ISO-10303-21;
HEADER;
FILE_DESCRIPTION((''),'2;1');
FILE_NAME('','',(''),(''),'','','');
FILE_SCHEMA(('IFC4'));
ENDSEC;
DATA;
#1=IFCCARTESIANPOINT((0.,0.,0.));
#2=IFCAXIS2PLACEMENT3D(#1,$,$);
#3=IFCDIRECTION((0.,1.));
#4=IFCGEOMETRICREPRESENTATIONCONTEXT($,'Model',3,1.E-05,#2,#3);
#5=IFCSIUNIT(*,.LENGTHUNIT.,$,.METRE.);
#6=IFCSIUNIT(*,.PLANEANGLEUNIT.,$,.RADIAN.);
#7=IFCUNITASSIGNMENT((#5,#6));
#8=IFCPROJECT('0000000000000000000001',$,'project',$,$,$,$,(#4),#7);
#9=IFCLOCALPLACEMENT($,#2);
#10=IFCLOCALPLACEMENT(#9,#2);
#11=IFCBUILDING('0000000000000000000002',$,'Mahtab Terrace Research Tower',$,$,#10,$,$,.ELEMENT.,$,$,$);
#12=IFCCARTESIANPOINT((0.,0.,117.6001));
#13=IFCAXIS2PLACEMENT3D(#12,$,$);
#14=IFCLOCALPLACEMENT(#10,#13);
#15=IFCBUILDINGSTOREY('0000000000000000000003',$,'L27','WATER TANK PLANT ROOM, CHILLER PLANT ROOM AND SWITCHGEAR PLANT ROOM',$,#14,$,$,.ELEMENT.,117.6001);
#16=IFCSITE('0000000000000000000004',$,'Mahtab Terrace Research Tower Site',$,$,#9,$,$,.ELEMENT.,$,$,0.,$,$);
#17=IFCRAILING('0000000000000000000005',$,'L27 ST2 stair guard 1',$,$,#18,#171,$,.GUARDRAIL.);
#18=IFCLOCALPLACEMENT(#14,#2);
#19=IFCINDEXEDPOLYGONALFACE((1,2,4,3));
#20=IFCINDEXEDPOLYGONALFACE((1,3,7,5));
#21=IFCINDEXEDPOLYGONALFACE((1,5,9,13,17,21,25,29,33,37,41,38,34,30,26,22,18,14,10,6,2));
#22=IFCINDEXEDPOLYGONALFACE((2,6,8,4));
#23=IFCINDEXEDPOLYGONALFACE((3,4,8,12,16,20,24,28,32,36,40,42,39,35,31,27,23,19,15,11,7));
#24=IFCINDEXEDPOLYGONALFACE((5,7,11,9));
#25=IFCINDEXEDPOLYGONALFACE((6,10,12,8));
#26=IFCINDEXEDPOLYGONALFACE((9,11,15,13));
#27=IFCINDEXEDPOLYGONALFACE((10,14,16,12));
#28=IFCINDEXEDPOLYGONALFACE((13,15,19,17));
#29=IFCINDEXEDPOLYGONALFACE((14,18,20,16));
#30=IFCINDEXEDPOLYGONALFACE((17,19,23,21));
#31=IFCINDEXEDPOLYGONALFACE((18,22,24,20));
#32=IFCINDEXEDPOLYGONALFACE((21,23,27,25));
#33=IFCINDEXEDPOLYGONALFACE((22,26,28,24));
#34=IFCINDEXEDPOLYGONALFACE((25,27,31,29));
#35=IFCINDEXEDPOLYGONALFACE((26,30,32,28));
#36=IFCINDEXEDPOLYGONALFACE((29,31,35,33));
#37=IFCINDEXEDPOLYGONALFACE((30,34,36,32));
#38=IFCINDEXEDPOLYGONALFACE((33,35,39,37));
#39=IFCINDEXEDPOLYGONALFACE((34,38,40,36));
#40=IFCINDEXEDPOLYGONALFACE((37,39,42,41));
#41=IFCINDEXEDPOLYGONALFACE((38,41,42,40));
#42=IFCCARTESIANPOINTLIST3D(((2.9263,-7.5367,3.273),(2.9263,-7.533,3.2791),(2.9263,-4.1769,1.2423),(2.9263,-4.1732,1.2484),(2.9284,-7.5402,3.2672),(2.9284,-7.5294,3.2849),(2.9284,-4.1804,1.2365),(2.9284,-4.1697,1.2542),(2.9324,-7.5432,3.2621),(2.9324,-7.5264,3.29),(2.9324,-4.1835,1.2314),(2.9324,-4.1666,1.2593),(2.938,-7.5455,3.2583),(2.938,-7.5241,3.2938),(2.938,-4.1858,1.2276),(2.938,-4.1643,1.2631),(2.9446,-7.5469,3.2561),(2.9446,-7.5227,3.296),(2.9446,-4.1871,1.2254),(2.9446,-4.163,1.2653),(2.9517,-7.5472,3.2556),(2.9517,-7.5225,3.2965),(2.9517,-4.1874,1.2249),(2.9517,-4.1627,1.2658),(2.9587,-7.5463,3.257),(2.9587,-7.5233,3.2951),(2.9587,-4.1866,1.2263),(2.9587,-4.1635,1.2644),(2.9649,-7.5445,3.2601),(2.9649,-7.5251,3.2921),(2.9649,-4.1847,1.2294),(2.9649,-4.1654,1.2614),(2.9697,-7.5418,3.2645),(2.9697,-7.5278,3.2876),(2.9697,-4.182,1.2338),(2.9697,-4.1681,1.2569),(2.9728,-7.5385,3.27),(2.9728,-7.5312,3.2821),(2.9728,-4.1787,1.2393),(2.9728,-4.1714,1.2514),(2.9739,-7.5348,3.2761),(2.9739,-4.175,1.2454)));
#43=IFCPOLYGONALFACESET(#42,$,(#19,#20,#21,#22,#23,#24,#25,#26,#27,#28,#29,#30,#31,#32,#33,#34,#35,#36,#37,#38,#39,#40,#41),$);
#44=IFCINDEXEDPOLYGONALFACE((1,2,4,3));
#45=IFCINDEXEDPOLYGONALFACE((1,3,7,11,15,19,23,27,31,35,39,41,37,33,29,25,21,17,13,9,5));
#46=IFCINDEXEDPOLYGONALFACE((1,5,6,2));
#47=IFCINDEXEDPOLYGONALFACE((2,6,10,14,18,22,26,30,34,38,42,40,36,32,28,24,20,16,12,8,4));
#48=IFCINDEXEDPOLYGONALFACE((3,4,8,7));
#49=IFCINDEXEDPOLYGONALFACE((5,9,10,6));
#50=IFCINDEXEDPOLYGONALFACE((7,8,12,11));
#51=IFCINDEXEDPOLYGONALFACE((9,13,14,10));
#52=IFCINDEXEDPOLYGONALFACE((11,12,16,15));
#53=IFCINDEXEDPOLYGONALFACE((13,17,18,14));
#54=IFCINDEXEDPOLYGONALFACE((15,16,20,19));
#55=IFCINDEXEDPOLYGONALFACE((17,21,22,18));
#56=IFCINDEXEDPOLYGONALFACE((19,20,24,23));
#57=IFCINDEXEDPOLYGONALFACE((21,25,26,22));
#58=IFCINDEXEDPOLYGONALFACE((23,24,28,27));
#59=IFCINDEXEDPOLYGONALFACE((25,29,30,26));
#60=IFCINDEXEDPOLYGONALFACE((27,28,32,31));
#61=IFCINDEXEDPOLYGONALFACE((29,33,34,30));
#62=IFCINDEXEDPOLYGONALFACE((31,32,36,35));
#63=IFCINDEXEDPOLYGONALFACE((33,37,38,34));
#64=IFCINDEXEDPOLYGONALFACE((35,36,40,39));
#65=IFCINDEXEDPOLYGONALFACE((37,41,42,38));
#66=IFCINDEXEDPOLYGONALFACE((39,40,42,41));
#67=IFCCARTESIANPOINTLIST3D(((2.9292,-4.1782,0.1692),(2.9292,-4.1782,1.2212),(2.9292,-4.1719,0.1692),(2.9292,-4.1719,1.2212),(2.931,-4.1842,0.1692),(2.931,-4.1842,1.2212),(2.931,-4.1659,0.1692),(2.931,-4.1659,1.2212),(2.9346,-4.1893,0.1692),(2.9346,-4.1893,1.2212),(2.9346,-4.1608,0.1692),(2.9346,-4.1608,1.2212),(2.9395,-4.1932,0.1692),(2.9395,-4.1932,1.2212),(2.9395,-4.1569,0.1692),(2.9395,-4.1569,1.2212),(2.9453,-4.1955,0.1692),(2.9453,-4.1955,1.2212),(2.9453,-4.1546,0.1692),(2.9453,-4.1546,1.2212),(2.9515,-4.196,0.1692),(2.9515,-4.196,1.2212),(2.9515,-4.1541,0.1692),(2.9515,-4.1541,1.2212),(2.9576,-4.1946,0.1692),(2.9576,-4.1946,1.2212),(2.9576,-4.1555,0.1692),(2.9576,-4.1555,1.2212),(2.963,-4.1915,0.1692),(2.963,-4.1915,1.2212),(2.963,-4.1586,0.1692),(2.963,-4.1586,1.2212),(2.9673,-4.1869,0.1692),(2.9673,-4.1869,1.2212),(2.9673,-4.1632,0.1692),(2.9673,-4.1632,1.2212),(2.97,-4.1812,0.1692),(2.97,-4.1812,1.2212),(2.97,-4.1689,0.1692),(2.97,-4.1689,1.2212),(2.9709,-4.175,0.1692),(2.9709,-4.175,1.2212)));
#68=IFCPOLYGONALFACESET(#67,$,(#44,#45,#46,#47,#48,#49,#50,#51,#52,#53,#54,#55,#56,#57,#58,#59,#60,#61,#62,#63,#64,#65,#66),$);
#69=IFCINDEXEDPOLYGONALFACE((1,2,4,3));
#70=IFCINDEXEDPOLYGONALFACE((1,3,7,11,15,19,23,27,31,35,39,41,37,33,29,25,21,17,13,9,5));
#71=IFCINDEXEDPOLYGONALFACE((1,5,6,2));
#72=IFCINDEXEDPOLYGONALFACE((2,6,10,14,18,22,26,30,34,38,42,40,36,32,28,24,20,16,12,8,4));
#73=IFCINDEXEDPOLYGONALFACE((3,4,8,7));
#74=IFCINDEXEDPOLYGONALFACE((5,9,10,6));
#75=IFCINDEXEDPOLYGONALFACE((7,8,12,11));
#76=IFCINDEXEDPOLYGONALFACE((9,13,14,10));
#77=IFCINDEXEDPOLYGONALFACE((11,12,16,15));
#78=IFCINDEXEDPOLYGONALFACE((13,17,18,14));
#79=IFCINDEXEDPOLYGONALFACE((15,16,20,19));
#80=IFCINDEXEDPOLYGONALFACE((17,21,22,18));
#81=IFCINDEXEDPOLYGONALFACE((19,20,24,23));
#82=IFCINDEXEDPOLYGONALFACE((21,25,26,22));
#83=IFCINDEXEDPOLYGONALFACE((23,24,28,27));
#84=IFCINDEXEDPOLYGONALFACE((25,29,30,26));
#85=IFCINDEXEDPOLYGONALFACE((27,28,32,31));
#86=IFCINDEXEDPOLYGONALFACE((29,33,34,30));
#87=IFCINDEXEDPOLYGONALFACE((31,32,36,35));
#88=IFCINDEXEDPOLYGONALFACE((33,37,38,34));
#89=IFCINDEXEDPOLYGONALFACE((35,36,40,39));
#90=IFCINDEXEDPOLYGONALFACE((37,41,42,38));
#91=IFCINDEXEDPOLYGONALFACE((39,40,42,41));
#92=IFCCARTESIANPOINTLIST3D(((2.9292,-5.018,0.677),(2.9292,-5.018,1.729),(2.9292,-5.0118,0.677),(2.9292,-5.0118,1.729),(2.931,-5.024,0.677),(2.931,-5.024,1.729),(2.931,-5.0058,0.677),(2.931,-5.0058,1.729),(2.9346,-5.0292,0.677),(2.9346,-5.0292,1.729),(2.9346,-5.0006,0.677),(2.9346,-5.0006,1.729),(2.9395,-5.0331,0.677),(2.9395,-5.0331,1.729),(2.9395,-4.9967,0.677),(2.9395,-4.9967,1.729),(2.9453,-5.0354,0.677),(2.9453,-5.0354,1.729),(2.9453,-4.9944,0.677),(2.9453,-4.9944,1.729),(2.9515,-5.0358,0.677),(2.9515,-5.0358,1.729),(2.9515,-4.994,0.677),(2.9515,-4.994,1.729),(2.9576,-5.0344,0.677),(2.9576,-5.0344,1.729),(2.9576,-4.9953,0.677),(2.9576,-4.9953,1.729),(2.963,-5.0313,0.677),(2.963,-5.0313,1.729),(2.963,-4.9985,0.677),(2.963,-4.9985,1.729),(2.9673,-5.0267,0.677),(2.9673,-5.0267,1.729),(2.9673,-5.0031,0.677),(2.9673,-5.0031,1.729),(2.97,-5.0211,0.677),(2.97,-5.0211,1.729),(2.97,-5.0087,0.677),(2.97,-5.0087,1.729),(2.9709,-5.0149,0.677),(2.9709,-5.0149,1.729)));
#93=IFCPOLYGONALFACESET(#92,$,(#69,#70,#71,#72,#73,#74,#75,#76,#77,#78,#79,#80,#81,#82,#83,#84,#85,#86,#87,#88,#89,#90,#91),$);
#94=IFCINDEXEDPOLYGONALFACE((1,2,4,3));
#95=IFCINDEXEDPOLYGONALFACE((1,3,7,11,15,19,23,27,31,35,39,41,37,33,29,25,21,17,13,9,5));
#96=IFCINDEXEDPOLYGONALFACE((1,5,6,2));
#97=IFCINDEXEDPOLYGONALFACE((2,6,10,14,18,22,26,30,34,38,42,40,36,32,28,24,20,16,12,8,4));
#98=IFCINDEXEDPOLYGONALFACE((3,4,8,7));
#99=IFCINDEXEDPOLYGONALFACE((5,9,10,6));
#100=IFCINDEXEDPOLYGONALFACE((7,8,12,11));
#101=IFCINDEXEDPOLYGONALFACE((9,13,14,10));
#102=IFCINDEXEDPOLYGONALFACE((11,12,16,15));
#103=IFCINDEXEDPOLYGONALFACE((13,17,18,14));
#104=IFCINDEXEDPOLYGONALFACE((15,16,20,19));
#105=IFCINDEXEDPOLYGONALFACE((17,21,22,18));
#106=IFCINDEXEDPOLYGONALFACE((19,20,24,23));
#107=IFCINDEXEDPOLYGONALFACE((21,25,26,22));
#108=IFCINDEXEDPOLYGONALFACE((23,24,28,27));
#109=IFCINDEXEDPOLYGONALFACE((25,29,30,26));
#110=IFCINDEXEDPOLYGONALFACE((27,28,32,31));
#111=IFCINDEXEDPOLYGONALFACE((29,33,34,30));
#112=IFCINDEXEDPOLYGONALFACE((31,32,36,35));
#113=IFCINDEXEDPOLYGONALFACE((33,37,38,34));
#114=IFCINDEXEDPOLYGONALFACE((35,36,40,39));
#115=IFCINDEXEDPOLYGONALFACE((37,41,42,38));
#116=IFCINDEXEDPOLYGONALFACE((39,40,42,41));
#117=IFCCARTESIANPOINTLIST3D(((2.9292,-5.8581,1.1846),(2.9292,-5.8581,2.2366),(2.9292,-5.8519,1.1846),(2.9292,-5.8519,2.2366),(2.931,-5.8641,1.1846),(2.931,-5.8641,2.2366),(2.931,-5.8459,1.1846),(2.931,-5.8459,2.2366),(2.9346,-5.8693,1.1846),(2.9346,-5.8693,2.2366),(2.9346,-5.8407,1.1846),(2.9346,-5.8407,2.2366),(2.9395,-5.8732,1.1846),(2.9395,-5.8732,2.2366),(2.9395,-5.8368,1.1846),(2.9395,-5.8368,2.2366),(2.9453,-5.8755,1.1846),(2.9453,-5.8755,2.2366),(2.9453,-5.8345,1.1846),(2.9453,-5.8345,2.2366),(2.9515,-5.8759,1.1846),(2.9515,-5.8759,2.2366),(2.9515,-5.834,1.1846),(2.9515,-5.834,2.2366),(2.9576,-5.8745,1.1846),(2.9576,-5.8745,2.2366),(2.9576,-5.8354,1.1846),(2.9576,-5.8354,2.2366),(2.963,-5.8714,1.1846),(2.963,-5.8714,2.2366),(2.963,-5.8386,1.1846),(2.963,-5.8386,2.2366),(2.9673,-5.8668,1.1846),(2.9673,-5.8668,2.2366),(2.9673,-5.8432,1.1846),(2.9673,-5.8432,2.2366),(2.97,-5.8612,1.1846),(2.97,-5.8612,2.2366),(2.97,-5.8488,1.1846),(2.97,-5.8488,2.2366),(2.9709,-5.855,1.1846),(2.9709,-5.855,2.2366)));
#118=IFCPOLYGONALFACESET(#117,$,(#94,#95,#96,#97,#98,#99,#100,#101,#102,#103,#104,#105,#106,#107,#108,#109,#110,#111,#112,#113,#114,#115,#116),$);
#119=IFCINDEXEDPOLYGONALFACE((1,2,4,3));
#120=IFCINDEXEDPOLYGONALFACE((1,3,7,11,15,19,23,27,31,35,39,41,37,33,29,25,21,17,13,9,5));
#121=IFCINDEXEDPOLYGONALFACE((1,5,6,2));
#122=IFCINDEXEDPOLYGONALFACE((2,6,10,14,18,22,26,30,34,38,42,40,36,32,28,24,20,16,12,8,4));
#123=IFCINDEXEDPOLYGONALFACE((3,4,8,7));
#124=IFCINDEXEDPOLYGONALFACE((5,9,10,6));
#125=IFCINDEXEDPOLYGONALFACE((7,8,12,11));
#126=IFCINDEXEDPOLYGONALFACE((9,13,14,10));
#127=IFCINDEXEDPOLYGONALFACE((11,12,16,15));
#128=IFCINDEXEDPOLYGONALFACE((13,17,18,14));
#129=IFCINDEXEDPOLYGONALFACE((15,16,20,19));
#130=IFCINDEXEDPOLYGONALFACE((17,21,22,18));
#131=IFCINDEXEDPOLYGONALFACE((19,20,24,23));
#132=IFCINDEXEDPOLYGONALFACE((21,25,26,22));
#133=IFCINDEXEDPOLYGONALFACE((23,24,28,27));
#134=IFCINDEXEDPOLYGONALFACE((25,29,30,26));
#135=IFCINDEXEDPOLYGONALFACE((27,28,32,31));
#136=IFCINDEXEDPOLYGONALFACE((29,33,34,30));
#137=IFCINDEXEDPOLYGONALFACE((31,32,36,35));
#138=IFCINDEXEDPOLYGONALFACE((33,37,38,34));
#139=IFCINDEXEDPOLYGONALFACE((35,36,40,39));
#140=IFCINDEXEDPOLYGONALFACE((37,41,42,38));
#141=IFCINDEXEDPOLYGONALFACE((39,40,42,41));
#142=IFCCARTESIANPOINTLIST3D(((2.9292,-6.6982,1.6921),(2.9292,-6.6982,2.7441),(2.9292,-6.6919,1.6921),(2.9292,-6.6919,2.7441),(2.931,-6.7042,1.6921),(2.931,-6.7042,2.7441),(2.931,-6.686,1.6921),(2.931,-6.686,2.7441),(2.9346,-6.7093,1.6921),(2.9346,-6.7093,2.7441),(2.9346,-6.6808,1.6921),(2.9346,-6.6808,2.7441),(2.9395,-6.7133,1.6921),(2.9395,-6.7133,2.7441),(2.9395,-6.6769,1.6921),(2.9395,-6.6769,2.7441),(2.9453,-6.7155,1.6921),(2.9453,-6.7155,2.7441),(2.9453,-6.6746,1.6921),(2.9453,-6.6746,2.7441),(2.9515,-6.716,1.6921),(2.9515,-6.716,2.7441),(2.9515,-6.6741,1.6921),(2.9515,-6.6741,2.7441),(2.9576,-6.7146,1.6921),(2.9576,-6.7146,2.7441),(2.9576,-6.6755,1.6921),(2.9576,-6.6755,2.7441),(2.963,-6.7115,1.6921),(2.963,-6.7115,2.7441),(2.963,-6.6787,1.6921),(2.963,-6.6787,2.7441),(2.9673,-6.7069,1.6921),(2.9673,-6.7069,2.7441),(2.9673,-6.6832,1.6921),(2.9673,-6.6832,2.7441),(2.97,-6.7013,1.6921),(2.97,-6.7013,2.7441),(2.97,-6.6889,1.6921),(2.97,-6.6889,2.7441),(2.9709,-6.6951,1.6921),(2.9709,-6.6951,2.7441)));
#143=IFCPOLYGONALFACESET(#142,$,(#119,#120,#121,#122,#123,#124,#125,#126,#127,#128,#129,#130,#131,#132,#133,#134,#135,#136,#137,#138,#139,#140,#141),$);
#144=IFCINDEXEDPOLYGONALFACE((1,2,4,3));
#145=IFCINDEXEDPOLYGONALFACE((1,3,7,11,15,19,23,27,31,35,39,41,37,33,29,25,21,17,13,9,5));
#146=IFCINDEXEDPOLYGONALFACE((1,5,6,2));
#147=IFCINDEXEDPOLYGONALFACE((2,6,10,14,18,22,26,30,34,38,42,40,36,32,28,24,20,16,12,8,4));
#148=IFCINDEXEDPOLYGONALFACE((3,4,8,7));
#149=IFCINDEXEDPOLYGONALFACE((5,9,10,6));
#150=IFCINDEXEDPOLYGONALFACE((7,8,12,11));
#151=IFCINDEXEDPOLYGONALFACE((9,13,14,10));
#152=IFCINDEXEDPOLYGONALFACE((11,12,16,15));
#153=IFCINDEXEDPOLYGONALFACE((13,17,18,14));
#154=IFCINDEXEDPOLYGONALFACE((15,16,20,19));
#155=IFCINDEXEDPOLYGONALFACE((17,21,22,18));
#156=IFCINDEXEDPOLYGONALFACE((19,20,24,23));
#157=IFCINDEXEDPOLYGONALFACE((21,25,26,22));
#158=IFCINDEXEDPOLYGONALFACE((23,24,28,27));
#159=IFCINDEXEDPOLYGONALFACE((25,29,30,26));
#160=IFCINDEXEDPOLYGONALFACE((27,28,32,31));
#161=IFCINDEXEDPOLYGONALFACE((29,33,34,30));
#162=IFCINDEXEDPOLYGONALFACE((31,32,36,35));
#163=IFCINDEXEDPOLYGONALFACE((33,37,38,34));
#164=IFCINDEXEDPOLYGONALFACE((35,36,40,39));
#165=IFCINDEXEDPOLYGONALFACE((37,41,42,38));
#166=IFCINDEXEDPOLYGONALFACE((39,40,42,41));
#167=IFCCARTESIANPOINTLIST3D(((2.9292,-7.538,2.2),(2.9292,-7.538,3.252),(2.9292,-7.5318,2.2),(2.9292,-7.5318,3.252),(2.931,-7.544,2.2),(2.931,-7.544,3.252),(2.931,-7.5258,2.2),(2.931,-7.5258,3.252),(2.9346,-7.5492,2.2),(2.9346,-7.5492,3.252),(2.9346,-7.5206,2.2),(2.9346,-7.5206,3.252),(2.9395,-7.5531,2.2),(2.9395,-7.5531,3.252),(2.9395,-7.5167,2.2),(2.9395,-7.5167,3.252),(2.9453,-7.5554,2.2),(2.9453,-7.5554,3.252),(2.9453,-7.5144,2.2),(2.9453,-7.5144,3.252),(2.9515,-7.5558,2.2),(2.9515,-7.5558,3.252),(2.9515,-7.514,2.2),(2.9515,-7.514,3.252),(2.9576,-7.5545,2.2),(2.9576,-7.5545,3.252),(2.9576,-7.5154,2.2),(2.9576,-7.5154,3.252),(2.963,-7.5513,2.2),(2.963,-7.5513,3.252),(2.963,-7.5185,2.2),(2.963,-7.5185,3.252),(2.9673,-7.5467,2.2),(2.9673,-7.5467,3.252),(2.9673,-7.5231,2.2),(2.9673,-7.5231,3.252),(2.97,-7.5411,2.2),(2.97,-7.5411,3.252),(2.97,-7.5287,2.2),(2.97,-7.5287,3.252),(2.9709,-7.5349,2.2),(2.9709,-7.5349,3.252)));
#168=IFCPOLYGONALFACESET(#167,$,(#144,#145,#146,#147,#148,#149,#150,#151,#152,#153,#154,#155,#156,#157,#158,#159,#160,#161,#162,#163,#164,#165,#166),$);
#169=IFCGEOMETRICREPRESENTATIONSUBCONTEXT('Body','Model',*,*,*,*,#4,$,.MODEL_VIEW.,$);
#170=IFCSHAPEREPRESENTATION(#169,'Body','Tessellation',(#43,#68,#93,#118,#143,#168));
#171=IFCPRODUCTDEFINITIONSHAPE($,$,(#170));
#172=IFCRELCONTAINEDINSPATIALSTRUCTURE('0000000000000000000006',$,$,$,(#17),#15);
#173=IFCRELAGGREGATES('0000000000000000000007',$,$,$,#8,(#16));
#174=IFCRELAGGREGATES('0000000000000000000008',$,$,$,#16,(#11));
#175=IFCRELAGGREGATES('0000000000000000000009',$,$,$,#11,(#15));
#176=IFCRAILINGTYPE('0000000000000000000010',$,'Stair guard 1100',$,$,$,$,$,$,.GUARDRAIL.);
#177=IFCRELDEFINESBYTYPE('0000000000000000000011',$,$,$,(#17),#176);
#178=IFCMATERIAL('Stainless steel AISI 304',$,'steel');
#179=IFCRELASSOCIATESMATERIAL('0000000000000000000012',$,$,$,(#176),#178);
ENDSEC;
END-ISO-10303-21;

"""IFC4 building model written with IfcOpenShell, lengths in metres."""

from ifc_helpers import new_model, si_unit, direction, frame, origin, origin_2d, place, context, subcontext, project, spatial, circle, extrude, material, type_object, element, save


model = new_model("IFC4")

# Units and contexts
model_context = context("Model", 3, precision=1e-05, world=origin(), true_north=direction((0.0, 1.0)))
body_context = subcontext(model_context, "Body", "Model", "MODEL_VIEW")
ifc_project = project(units=[si_unit("LENGTHUNIT", "METRE"), si_unit("PLANEANGLEUNIT", "RADIAN")], contexts=[model_context])

# Site, building, storey
site_placement = place(None, origin())
site = spatial("IfcSite", under=ifc_project, at=site_placement, Name="Mahtab Terrace Research Tower Site", CompositionType="ELEMENT", RefElevation=0.0)
building_placement = place(site_placement, origin())
building = spatial("IfcBuilding", under=site, at=building_placement, Name="Mahtab Terrace Research Tower", CompositionType="ELEMENT")
storey_placement = place(building_placement, frame((0.0, 0.0, 117.6001)))
storey = spatial("IfcBuildingStorey", under=building, at=storey_placement, Name="L27", Description="WATER TANK PLANT ROOM, CHILLER PLANT ROOM AND SWITCHGEAR PLANT ROOM", CompositionType="ELEMENT", Elevation=117.6001)

# Railing
ifc_material_1 = material(Name="Stainless steel AISI 304", Category="steel")
railing_type_1 = type_object("IfcRailingType", Name="Stair guard 1100", PredefinedType="GUARDRAIL", material=ifc_material_1)
railing_1_placement = place(storey_placement, frame((2.95, -4.175, 0.1692)))
element("IfcRailing", 1, at=railing_1_placement, inside=storey, type_object=railing_type_1, Name="L27 ST2 stair guard 1", PredefinedType="GUARDRAIL", context=body_context, shape_type="SweptSolid", body=[
    extrude(circle(Radius=0.0239, at=origin_2d()), frame((0.0, 0.0, 1.0762), z_axis=(0.0, -0.85582, 0.517273), x_axis=(1.0, 0.0, 0.0)), (0.0, 0.0, 1.0), 3.9258),
    extrude(circle(Radius=0.021, at=origin_2d()), origin(), (0.0, 0.0, 1.0), 1.052),
    extrude(circle(Radius=0.021, at=origin_2d()), frame((0.0, -0.8398, 0.5078)), (0.0, 0.0, 1.0), 1.052),
    extrude(circle(Radius=0.021, at=origin_2d()), frame((0.0, -1.6799, 1.0154)), (0.0, 0.0, 1.0), 1.052),
    extrude(circle(Radius=0.021, at=origin_2d()), frame((0.0, -2.52, 1.5229)), (0.0, 0.0, 1.0), 1.052),
    extrude(circle(Radius=0.021, at=origin_2d()), frame((0.0, -3.3599, 2.0308)), (0.0, 0.0, 1.0), 1.052),
])

save(model, "model.ifc")
